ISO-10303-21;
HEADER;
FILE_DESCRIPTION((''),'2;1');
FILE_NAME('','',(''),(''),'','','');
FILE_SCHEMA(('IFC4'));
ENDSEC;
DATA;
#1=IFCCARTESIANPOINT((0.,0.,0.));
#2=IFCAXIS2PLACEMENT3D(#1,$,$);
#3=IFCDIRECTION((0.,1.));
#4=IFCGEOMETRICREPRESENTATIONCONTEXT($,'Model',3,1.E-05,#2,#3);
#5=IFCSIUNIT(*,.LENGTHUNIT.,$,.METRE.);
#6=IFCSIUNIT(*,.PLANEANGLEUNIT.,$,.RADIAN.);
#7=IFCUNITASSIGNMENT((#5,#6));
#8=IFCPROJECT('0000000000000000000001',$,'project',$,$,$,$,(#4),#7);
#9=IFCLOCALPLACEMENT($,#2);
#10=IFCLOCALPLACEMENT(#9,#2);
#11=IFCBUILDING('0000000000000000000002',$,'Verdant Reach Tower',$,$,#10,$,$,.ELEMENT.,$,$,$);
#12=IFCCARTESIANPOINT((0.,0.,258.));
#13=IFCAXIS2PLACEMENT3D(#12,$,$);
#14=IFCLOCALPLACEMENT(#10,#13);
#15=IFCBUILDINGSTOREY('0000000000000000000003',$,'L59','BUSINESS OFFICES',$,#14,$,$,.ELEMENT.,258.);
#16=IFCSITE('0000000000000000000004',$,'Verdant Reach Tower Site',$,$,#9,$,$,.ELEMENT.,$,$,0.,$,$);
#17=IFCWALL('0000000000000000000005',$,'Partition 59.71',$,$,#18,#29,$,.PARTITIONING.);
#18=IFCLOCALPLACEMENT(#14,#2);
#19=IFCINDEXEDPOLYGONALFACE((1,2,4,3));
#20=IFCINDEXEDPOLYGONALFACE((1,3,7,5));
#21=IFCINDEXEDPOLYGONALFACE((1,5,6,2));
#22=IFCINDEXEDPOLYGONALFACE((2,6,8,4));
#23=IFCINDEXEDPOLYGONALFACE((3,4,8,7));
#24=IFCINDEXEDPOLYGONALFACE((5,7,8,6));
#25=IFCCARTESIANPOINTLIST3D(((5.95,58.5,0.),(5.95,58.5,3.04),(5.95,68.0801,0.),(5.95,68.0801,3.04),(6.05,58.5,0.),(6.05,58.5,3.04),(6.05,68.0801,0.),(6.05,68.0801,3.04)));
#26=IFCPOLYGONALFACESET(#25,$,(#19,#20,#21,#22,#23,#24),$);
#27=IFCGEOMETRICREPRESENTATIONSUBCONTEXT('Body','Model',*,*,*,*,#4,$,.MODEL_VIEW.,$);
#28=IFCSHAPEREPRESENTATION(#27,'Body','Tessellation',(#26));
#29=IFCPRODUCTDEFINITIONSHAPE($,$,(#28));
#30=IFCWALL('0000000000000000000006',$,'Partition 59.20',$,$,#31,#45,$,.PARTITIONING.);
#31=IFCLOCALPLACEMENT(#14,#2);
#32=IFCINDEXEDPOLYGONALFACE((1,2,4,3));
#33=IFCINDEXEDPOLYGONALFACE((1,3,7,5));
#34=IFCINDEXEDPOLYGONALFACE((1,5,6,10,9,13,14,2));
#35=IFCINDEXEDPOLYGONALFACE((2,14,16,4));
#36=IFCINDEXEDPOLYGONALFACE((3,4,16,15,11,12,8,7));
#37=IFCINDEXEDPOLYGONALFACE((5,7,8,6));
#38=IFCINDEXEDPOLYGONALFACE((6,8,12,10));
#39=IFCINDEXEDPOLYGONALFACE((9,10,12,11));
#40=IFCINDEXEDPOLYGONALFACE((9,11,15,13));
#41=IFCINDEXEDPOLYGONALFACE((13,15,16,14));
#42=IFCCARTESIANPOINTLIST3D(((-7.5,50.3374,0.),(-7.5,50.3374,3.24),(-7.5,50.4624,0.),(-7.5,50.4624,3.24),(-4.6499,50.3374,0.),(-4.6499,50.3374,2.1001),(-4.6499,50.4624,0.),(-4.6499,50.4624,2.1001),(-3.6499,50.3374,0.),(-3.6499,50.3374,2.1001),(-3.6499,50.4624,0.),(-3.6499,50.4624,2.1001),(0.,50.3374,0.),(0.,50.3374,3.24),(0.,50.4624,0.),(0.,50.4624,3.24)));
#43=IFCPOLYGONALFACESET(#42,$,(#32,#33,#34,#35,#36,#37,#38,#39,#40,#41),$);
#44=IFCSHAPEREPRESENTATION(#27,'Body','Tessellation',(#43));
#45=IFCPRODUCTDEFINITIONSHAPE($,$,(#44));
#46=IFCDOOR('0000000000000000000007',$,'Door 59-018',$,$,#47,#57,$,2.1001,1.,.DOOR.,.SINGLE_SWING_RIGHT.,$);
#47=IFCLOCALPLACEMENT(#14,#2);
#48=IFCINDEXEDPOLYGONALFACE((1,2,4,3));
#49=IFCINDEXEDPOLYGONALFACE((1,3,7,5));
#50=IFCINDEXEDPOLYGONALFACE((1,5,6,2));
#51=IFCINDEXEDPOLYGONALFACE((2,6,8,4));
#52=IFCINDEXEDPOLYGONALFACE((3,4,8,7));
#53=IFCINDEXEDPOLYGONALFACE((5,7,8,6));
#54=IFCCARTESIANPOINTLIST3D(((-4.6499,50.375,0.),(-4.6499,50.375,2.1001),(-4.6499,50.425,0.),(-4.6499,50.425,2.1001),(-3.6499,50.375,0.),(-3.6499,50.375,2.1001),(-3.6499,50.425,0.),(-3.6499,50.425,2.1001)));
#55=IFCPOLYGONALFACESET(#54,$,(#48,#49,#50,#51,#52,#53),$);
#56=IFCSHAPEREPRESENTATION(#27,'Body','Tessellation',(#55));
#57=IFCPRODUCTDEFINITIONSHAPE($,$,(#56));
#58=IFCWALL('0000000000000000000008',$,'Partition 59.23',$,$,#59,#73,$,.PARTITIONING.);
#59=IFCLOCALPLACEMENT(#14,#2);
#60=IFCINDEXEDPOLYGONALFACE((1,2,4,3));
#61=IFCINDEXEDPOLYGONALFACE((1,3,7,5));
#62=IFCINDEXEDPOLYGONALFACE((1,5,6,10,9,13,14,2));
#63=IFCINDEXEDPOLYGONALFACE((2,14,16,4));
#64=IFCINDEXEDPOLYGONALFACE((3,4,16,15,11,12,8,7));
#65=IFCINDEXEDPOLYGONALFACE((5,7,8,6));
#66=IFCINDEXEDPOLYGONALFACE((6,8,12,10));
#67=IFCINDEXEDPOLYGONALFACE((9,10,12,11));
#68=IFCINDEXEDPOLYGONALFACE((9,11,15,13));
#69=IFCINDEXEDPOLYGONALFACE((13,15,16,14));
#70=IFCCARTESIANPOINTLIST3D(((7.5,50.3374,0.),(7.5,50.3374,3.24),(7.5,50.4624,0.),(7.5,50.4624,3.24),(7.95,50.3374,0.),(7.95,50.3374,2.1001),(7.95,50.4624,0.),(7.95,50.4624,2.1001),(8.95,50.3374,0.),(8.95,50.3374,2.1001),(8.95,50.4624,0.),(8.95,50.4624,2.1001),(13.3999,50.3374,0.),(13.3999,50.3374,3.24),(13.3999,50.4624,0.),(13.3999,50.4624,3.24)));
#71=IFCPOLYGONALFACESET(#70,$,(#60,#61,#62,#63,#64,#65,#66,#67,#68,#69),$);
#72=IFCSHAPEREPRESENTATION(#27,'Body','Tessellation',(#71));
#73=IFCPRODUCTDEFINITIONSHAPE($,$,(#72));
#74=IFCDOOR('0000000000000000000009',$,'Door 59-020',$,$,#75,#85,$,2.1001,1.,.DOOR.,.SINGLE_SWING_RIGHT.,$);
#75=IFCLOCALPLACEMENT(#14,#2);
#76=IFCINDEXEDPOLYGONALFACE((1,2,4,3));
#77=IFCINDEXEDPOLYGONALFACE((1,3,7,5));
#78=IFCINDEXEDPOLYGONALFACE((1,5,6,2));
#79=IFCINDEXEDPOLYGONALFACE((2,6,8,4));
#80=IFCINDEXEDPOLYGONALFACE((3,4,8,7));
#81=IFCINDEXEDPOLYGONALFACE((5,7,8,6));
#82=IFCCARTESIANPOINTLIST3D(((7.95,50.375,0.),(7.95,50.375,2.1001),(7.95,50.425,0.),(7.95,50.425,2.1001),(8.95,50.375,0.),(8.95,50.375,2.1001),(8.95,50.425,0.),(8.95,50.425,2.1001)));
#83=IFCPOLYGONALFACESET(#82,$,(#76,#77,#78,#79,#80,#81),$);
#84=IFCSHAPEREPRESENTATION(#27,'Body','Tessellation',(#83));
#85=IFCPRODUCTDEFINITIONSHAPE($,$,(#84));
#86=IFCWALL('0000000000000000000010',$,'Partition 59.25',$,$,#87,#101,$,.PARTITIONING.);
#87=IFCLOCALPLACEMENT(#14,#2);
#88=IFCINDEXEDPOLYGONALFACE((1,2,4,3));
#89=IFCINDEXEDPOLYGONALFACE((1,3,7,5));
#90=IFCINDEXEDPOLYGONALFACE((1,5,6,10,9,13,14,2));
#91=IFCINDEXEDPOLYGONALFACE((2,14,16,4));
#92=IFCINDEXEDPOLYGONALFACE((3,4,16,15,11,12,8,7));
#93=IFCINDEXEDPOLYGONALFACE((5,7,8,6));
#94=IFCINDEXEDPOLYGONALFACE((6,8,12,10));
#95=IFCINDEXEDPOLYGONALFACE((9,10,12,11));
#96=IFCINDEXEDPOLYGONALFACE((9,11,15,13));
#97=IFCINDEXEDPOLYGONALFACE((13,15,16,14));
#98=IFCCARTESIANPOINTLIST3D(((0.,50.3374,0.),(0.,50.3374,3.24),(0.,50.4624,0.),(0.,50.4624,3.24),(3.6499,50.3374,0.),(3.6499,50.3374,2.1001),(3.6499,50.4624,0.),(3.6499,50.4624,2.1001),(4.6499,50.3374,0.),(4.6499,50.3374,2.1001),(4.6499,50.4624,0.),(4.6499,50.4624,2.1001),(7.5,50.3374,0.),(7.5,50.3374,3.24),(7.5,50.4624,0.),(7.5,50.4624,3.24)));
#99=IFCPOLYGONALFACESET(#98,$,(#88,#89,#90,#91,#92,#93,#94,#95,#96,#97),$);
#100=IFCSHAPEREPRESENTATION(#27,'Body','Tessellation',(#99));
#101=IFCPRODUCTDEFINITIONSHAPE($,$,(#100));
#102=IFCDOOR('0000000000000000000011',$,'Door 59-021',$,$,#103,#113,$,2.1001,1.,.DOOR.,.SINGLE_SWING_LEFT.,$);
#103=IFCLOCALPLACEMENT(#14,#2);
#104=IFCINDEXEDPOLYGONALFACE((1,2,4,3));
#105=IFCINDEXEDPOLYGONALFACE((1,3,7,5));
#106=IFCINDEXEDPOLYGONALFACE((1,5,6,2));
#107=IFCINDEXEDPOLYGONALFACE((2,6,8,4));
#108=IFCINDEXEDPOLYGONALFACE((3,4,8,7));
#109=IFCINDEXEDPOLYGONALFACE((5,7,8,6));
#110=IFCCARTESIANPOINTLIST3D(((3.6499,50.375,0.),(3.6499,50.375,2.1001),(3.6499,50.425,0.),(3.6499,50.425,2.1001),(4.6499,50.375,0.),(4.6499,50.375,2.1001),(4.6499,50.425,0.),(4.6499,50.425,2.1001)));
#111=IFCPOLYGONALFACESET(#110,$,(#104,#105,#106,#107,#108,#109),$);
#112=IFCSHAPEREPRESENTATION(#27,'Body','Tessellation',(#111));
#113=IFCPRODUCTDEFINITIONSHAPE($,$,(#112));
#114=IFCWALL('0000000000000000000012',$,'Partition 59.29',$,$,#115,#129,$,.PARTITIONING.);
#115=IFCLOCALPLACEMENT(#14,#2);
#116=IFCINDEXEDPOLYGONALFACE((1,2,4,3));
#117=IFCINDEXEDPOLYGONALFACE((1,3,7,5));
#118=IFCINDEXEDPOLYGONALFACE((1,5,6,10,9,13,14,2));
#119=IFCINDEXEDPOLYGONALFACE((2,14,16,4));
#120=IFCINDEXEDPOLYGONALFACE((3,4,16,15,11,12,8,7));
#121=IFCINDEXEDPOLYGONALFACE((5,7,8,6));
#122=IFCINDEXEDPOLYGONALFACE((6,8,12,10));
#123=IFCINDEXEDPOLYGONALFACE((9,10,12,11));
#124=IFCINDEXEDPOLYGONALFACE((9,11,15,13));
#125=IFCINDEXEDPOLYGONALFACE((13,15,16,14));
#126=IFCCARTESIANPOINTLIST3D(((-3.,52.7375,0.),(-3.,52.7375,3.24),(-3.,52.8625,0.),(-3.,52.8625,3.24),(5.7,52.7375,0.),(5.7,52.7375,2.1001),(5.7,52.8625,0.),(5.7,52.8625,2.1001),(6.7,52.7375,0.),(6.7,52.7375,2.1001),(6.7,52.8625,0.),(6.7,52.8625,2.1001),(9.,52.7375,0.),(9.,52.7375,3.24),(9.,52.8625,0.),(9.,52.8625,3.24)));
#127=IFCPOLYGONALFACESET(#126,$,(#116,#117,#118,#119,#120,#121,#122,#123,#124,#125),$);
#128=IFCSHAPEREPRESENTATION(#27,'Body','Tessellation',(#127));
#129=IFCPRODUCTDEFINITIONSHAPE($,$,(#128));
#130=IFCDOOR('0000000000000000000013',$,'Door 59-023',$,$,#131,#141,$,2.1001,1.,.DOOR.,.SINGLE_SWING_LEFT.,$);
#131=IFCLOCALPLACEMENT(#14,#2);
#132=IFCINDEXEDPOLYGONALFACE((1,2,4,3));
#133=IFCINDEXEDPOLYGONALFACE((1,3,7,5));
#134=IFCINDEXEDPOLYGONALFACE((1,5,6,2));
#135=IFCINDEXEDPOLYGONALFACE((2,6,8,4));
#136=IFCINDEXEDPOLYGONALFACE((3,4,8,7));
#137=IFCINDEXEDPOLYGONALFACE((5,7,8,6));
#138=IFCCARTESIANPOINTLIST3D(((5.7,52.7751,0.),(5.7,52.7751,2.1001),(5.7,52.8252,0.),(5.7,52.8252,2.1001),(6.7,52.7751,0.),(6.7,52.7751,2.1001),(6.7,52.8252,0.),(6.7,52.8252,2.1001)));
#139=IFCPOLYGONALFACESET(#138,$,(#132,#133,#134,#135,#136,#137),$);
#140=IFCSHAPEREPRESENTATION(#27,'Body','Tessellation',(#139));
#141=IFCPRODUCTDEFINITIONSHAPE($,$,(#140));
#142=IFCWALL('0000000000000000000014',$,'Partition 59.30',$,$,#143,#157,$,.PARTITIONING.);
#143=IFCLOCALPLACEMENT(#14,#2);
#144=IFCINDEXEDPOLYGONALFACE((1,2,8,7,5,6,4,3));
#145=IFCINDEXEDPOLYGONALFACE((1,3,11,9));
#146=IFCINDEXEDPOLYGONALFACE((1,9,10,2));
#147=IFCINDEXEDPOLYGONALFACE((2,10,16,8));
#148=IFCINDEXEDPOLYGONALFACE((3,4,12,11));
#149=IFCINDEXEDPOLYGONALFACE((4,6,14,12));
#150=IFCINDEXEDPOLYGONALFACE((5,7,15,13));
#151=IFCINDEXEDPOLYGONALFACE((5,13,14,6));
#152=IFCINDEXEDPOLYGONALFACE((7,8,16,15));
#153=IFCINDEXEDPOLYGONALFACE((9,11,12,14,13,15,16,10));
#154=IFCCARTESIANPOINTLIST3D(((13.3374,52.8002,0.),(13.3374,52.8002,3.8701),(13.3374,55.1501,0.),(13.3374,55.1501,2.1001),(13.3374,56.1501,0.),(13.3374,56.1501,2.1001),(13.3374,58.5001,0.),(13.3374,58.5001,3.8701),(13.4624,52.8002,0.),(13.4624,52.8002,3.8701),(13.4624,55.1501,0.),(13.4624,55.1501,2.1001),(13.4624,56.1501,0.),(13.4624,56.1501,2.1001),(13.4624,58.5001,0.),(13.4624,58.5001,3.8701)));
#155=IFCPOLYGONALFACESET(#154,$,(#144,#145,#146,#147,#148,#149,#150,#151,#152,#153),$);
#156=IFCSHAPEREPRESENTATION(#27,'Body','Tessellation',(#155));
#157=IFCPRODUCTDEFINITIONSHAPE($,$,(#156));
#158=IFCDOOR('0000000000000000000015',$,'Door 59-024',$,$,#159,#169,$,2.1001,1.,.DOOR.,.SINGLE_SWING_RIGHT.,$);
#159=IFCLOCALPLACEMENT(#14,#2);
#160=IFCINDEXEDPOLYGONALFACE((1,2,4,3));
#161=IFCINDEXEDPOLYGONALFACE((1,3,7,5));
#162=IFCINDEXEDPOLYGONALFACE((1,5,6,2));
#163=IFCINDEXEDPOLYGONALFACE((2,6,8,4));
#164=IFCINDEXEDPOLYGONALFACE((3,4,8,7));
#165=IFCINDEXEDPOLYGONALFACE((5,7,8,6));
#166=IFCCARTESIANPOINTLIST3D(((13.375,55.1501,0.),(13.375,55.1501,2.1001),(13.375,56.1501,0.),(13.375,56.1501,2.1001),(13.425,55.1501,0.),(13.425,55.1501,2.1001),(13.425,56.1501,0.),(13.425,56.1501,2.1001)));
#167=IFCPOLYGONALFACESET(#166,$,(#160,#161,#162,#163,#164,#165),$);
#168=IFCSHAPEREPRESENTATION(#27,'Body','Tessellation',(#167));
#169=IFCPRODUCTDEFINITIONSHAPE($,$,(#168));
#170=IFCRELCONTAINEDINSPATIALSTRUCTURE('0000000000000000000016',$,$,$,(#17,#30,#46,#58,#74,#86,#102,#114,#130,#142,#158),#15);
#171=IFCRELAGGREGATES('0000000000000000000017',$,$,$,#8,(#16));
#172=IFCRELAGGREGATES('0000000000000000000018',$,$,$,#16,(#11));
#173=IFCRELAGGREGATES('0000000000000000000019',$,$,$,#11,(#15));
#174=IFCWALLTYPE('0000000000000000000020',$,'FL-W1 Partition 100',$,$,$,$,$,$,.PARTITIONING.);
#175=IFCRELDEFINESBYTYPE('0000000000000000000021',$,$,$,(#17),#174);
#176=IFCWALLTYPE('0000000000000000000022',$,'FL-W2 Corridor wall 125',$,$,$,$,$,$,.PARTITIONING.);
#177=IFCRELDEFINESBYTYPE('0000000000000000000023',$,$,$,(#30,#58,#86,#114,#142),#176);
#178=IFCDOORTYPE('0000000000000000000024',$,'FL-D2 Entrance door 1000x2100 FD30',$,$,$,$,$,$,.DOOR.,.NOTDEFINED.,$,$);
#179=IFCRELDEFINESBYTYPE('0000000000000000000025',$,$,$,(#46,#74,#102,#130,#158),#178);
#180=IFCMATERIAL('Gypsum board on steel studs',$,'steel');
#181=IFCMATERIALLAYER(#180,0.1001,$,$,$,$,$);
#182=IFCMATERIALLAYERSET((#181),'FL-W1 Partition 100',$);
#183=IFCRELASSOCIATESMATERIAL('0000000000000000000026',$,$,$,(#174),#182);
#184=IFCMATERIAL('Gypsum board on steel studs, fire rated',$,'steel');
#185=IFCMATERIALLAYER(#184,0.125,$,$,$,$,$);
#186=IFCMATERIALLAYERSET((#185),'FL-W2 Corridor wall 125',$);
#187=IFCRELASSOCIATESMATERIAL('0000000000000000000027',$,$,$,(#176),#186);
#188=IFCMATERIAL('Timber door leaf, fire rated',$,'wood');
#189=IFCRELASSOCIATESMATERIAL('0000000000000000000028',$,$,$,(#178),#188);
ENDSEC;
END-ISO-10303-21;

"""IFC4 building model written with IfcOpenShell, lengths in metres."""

from ifc_helpers import new_model, si_unit, direction, frame, frame_2d, origin, place, context, subcontext, project, spatial, rectangle, extrude, material, layer, layer_set, type_object, element, fill, save


model = new_model("IFC4")

# Units and contexts
model_context = context("Model", 3, precision=1e-05, world=origin(), true_north=direction((0.0, 1.0)))
body_context = subcontext(model_context, "Body", "Model", "MODEL_VIEW")
ifc_project = project(units=[si_unit("LENGTHUNIT", "METRE"), si_unit("PLANEANGLEUNIT", "RADIAN")], contexts=[model_context])

# Site, building, storey
site_placement = place(None, origin())
site = spatial("IfcSite", under=ifc_project, at=site_placement, Name="Verdant Reach Tower Site", CompositionType="ELEMENT", RefElevation=0.0)
building_placement = place(site_placement, origin())
building = spatial("IfcBuilding", under=site, at=building_placement, Name="Verdant Reach Tower", CompositionType="ELEMENT")
storey_placement = place(building_placement, frame((0.0, 0.0, 258.0)))
storey = spatial("IfcBuildingStorey", under=building, at=storey_placement, Name="L59", Description="BUSINESS OFFICES", CompositionType="ELEMENT", Elevation=258.0)

# Wall
ifc_material_1 = material(Name="Gypsum board on steel studs", Category="steel")
ifc_layer_1 = layer(ifc_material_1, 0.1001)
ifc_layer_set_1 = layer_set([ifc_layer_1], Name="FL-W1 Partition 100")
wall_type_1 = type_object("IfcWallType", Name="FL-W1 Partition 100", PredefinedType="PARTITIONING", material=ifc_layer_set_1)
wall_1_placement = place(storey_placement, frame((6.0, 58.5, 0.0), z_axis=(0.0, 0.0, 1.0), x_axis=(0.0, 1.0, 0.0)))
element("IfcWall", 1, at=wall_1_placement, inside=storey, type_object=wall_type_1, Name="Partition 59.71", PredefinedType="PARTITIONING", context=body_context, shape_type="SweptSolid", body=[
    extrude(rectangle(XDim=9.5801, YDim=0.1001, at=frame_2d((4.79, 0.0))), origin(), (0.0, 0.0, 1.0), 3.04),
])

# Walls, openings, doors
ifc_material_2 = material(Name="Gypsum board on steel studs, fire rated", Category="steel")
ifc_layer_2 = layer(ifc_material_2, 0.125)
ifc_layer_set_2 = layer_set([ifc_layer_2], Name="FL-W2 Corridor wall 125")
wall_type_2 = type_object("IfcWallType", Name="FL-W2 Corridor wall 125", PredefinedType="PARTITIONING", material=ifc_layer_set_2)
wall_2_placement = place(storey_placement, frame((0.0, 50.3999, 0.0), z_axis=(0.0, 0.0, 1.0), x_axis=(-1.0, 0.0, 0.0)))
wall_2 = element("IfcWall", 2, at=wall_2_placement, inside=storey, type_object=wall_type_2, Name="Partition 59.20", PredefinedType="PARTITIONING", context=body_context, shape_type="SweptSolid", body=[
    extrude(rectangle(XDim=7.5, YDim=0.125, at=frame_2d((3.75, 0.0))), origin(), (0.0, 0.0, 1.0), 3.24),
])
opening_1_placement = place(wall_2_placement, frame((3.6499, 0.0, 0.0)))
opening_1 = element("IfcOpeningElement", 3, at=opening_1_placement, cuts=wall_2, PredefinedType="OPENING", context=body_context, shape_type="SweptSolid", body=[
    extrude(rectangle(XDim=1.0, YDim=2.1001, at=frame_2d((0.5, 1.05))), frame((0.0, 0.0725, 0.0), z_axis=(0.0, -1.0, 0.0), x_axis=(1.0, 0.0, 0.0)), (0.0, 0.0, 1.0), 0.145),
])
ifc_material_3 = material(Name="Timber door leaf, fire rated", Category="wood")
door_type = type_object("IfcDoorType", Name="FL-D2 Entrance door 1000x2100 FD30", OperationType="NOTDEFINED", PredefinedType="DOOR", material=ifc_material_3)
door_1_placement = place(opening_1_placement, origin())
door_1 = element("IfcDoor", 4, at=door_1_placement, inside=storey, type_object=door_type, Name="Door 59-018", OperationType="SINGLE_SWING_RIGHT", OverallHeight=2.1001, OverallWidth=1.0, PredefinedType="DOOR", context=body_context, shape_type="SweptSolid", body=[
    extrude(rectangle(XDim=1.0, YDim=2.1001, at=frame_2d((0.5, 1.05))), frame((0.0, 0.0249, 0.0), z_axis=(0.0, -1.0, 0.0), x_axis=(1.0, 0.0, 0.0)), (0.0, 0.0, 1.0), 0.05),
])
fill(opening_1, door_1)
wall_3_placement = place(storey_placement, frame((13.3999, 50.3999, 0.0), z_axis=(0.0, 0.0, 1.0), x_axis=(-1.0, 0.0, 0.0)))
wall_3 = element("IfcWall", 5, at=wall_3_placement, inside=storey, type_object=wall_type_2, Name="Partition 59.23", PredefinedType="PARTITIONING", context=body_context, shape_type="SweptSolid", body=[
    extrude(rectangle(XDim=5.8999, YDim=0.125, at=frame_2d((2.95, 0.0))), origin(), (0.0, 0.0, 1.0), 3.24),
])
opening_2_placement = place(wall_3_placement, frame((4.45, 0.0, 0.0)))
opening_2 = element("IfcOpeningElement", 6, at=opening_2_placement, cuts=wall_3, PredefinedType="OPENING", context=body_context, shape_type="SweptSolid", body=[
    extrude(rectangle(XDim=1.0, YDim=2.1001, at=frame_2d((0.5, 1.05))), frame((0.0, 0.0725, 0.0), z_axis=(0.0, -1.0, 0.0), x_axis=(1.0, 0.0, 0.0)), (0.0, 0.0, 1.0), 0.145),
])
door_2_placement = place(opening_2_placement, origin())
door_2 = element("IfcDoor", 7, at=door_2_placement, inside=storey, type_object=door_type, Name="Door 59-020", OperationType="SINGLE_SWING_RIGHT", OverallHeight=2.1001, OverallWidth=1.0, PredefinedType="DOOR", context=body_context, shape_type="SweptSolid", body=[
    extrude(rectangle(XDim=1.0, YDim=2.1001, at=frame_2d((0.5, 1.05))), frame((0.0, 0.0249, 0.0), z_axis=(0.0, -1.0, 0.0), x_axis=(1.0, 0.0, 0.0)), (0.0, 0.0, 1.0), 0.05),
])
fill(opening_2, door_2)
wall_4_placement = place(storey_placement, frame((7.5, 50.3999, 0.0), z_axis=(0.0, 0.0, 1.0), x_axis=(-1.0, 0.0, 0.0)))
wall_4 = element("IfcWall", 8, at=wall_4_placement, inside=storey, type_object=wall_type_2, Name="Partition 59.25", PredefinedType="PARTITIONING", context=body_context, shape_type="SweptSolid", body=[
    extrude(rectangle(XDim=7.5, YDim=0.125, at=frame_2d((3.75, 0.0))), origin(), (0.0, 0.0, 1.0), 3.24),
])
opening_3_placement = place(wall_4_placement, frame((2.8501, 0.0, 0.0)))
opening_3 = element("IfcOpeningElement", 9, at=opening_3_placement, cuts=wall_4, PredefinedType="OPENING", context=body_context, shape_type="SweptSolid", body=[
    extrude(rectangle(XDim=1.0, YDim=2.1001, at=frame_2d((0.5, 1.05))), frame((0.0, 0.0725, 0.0), z_axis=(0.0, -1.0, 0.0), x_axis=(1.0, 0.0, 0.0)), (0.0, 0.0, 1.0), 0.145),
])
door_3_placement = place(opening_3_placement, origin())
door_3 = element("IfcDoor", 10, at=door_3_placement, inside=storey, type_object=door_type, Name="Door 59-021", OperationType="SINGLE_SWING_LEFT", OverallHeight=2.1001, OverallWidth=1.0, PredefinedType="DOOR", context=body_context, shape_type="SweptSolid", body=[
    extrude(rectangle(XDim=1.0, YDim=2.1001, at=frame_2d((0.5, 1.05))), frame((0.0, 0.0249, 0.0), z_axis=(0.0, -1.0, 0.0), x_axis=(1.0, 0.0, 0.0)), (0.0, 0.0, 1.0), 0.05),
])
fill(opening_3, door_3)
wall_5_placement = place(storey_placement, frame((9.0, 52.8, 0.0), z_axis=(0.0, 0.0, 1.0), x_axis=(-1.0, 0.0, 0.0)))
wall_5 = element("IfcWall", 11, at=wall_5_placement, inside=storey, type_object=wall_type_2, Name="Partition 59.29", PredefinedType="PARTITIONING", context=body_context, shape_type="SweptSolid", body=[
    extrude(rectangle(XDim=12.0, YDim=0.125, at=frame_2d((6.0, 0.0))), origin(), (0.0, 0.0, 1.0), 3.24),
])
opening_4_placement = place(wall_5_placement, frame((2.3, 0.0, 0.0)))
opening_4 = element("IfcOpeningElement", 12, at=opening_4_placement, cuts=wall_5, PredefinedType="OPENING", context=body_context, shape_type="SweptSolid", body=[
    extrude(rectangle(XDim=1.0, YDim=2.1001, at=frame_2d((0.5, 1.05))), frame((0.0, 0.0725, 0.0), z_axis=(0.0, -1.0, 0.0), x_axis=(1.0, 0.0, 0.0)), (0.0, 0.0, 1.0), 0.145),
])
door_4_placement = place(opening_4_placement, origin())
door_4 = element("IfcDoor", 13, at=door_4_placement, inside=storey, type_object=door_type, Name="Door 59-023", OperationType="SINGLE_SWING_LEFT", OverallHeight=2.1001, OverallWidth=1.0, PredefinedType="DOOR", context=body_context, shape_type="SweptSolid", body=[
    extrude(rectangle(XDim=1.0, YDim=2.1001, at=frame_2d((0.5, 1.05))), frame((0.0, 0.0249, 0.0), z_axis=(0.0, -1.0, 0.0), x_axis=(1.0, 0.0, 0.0)), (0.0, 0.0, 1.0), 0.05),
])
fill(opening_4, door_4)
wall_6_placement = place(storey_placement, frame((13.3999, 52.8, 0.0), z_axis=(0.0, 0.0, 1.0), x_axis=(0.0, 1.0, 0.0)))
wall_6 = element("IfcWall", 14, at=wall_6_placement, inside=storey, type_object=wall_type_2, Name="Partition 59.30", PredefinedType="PARTITIONING", context=body_context, shape_type="SweptSolid", body=[
    extrude(rectangle(XDim=5.7, YDim=0.125, at=frame_2d((2.8501, 0.0))), origin(), (0.0, 0.0, 1.0), 3.8701),
])
opening_5_placement = place(wall_6_placement, frame((2.3501, 0.0, 0.0)))
opening_5 = element("IfcOpeningElement", 15, at=opening_5_placement, cuts=wall_6, PredefinedType="OPENING", context=body_context, shape_type="SweptSolid", body=[
    extrude(rectangle(XDim=1.0, YDim=2.1001, at=frame_2d((0.5, 1.05))), frame((0.0, 0.0725, 0.0), z_axis=(0.0, -1.0, 0.0), x_axis=(1.0, 0.0, 0.0)), (0.0, 0.0, 1.0), 0.145),
])
door_5_placement = place(opening_5_placement, origin())
door_5 = element("IfcDoor", 16, at=door_5_placement, inside=storey, type_object=door_type, Name="Door 59-024", OperationType="SINGLE_SWING_RIGHT", OverallHeight=2.1001, OverallWidth=1.0, PredefinedType="DOOR", context=body_context, shape_type="SweptSolid", body=[
    extrude(rectangle(XDim=1.0, YDim=2.1001, at=frame_2d((0.5, 1.05))), frame((0.0, 0.0249, 0.0), z_axis=(0.0, -1.0, 0.0), x_axis=(1.0, 0.0, 0.0)), (0.0, 0.0, 1.0), 0.05),
])
fill(opening_5, door_5)

save(model, "model.ifc")
